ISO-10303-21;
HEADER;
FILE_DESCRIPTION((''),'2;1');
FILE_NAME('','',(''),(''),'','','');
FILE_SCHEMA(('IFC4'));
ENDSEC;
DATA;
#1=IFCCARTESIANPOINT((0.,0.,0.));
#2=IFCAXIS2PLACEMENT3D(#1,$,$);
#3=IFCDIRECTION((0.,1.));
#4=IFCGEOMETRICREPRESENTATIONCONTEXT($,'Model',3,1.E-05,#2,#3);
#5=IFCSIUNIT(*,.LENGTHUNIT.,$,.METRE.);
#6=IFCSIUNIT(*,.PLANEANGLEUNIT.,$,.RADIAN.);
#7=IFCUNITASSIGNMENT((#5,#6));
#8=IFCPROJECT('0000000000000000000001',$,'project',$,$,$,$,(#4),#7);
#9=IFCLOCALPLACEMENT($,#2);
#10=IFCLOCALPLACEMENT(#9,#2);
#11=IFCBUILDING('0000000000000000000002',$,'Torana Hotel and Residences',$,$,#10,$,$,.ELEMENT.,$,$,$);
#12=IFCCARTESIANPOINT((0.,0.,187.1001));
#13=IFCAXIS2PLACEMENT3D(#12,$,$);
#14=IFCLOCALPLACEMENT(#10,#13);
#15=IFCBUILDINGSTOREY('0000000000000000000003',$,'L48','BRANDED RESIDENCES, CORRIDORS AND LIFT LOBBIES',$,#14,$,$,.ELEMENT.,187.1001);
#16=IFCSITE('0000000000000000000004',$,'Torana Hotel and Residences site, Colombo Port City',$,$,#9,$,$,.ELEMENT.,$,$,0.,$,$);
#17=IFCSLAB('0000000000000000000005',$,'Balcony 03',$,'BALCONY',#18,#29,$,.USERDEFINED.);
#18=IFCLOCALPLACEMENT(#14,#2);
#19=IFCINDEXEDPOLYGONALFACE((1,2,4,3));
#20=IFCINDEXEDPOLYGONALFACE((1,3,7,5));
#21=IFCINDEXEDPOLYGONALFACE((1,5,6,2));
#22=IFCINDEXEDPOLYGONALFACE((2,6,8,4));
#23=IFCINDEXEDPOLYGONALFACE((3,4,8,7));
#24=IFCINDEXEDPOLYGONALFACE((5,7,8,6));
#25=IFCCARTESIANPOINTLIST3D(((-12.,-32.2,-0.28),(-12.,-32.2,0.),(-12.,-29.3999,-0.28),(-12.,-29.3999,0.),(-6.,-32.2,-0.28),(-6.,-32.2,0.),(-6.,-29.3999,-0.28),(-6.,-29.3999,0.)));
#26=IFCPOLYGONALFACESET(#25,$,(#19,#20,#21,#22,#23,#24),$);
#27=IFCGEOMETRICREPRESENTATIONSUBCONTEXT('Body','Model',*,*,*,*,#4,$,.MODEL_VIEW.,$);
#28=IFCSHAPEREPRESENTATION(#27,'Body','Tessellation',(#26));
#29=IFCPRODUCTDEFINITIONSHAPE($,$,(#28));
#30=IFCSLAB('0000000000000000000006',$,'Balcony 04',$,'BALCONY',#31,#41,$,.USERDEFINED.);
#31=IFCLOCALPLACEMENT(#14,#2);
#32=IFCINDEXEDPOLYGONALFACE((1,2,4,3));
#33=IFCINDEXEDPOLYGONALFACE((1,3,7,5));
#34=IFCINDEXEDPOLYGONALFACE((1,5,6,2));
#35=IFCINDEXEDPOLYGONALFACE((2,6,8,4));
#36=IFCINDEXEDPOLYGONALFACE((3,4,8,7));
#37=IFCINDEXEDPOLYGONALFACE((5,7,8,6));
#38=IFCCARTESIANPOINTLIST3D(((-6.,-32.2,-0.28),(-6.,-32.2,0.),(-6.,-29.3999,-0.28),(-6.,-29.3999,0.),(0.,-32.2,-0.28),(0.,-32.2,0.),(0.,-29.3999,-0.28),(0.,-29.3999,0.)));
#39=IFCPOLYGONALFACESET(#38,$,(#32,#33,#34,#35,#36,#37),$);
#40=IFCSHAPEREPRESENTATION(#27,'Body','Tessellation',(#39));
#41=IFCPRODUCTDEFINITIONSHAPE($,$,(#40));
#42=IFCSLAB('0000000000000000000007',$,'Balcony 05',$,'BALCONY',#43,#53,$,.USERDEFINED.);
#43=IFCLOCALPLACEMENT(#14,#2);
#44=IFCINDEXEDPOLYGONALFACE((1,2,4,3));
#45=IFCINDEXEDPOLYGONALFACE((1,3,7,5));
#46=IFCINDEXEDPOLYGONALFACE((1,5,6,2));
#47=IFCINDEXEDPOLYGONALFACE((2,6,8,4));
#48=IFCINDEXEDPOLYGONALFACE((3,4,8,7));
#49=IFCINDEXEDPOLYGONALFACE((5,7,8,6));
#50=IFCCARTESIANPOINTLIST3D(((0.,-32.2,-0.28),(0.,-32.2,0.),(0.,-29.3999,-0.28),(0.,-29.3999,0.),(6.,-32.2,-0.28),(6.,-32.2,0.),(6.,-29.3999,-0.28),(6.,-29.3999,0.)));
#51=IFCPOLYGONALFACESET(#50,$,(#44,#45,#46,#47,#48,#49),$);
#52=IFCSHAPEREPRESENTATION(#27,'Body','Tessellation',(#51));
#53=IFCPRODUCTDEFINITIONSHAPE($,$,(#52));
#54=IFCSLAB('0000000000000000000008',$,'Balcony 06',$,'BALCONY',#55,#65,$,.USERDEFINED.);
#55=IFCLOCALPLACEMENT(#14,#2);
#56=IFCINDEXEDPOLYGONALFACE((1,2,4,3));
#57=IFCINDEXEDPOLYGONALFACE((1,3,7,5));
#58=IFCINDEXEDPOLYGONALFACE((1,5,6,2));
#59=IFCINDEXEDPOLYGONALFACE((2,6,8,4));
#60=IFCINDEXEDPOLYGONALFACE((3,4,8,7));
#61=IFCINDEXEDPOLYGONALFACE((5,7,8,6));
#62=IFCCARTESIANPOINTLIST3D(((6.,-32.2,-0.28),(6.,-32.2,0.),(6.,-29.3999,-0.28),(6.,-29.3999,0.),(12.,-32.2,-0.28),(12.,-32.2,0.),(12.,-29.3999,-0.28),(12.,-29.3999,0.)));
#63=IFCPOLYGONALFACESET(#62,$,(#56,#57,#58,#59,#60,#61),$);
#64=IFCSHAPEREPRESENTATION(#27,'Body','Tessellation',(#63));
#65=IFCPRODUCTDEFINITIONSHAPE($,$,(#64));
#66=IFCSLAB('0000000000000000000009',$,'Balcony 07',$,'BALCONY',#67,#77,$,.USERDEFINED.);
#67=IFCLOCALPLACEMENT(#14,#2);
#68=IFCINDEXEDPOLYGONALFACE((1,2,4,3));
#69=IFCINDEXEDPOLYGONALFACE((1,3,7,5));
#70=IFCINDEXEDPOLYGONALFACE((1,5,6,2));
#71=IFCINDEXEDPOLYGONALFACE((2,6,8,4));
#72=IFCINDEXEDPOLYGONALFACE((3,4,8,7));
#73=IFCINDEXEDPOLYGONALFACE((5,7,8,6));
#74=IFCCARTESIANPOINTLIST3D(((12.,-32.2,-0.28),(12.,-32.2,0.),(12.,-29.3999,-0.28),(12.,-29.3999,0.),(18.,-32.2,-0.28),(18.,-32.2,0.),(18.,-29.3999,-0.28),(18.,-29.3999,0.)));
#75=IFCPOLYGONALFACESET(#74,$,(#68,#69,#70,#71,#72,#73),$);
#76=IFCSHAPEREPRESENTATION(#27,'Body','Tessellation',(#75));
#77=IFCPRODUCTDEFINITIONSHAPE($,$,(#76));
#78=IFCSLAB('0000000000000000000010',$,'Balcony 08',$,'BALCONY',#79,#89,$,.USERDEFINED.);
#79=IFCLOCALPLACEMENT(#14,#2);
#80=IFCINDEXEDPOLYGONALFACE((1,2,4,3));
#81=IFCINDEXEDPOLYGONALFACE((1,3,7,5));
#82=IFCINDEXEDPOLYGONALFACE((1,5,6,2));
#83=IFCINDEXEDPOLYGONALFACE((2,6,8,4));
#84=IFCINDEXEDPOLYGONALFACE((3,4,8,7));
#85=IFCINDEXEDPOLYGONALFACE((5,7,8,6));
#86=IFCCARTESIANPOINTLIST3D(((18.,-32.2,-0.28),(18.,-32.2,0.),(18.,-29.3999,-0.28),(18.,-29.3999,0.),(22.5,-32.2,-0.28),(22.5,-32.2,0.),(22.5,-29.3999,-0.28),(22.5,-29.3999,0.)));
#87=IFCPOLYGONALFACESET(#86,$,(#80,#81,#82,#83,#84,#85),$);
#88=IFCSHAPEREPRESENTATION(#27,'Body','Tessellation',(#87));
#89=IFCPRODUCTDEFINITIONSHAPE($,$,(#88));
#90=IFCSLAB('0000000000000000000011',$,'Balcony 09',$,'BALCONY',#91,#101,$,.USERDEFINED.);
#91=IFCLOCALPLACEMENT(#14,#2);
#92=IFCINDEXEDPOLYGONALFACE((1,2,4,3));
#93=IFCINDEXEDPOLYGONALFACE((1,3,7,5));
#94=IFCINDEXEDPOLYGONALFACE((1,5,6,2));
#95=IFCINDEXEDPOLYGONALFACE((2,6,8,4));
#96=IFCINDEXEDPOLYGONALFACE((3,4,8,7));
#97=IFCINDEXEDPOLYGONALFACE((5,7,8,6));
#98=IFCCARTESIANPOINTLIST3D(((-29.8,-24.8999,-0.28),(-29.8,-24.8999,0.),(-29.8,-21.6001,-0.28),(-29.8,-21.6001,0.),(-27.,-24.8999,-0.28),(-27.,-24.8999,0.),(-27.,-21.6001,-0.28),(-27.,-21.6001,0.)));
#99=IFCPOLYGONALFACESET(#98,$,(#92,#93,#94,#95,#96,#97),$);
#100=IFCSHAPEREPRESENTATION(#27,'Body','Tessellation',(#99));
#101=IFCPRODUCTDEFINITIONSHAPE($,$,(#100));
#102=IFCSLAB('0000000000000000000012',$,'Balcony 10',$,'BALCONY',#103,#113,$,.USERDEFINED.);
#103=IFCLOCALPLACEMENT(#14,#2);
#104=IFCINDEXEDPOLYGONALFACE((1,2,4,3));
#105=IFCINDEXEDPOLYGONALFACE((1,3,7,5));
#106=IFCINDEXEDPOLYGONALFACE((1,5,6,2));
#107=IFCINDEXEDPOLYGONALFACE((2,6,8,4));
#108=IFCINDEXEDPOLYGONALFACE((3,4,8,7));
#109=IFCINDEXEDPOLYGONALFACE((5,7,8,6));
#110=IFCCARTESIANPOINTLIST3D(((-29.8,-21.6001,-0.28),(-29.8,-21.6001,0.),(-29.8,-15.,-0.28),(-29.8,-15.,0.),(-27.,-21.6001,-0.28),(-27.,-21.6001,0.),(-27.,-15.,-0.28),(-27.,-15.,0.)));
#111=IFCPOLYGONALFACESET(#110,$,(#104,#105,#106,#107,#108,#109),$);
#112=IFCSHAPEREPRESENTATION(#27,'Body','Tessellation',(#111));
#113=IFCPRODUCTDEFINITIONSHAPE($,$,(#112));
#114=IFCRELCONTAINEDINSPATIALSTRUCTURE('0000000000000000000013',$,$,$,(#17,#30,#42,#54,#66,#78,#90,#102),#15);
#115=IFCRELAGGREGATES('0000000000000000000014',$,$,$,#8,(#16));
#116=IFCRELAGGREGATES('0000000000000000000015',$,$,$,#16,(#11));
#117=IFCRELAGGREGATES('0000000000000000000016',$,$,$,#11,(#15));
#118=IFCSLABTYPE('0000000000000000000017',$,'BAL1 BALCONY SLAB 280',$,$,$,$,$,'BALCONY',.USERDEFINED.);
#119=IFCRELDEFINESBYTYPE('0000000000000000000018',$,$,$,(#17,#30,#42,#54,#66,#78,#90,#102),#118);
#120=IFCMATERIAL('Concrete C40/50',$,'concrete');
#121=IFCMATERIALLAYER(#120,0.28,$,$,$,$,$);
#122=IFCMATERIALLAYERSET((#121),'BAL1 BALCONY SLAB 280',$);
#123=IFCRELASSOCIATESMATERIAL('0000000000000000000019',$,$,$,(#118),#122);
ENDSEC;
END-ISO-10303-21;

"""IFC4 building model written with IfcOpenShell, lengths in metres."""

from ifc_helpers import new_model, si_unit, direction, frame, origin, place, context, subcontext, project, spatial, polyline, outline, extrude, material, layer, layer_set, type_object, element, save


model = new_model("IFC4")

# Units and contexts
model_context = context("Model", 3, precision=1e-05, world=origin(), true_north=direction((0.0, 1.0)))
body_context = subcontext(model_context, "Body", "Model", "MODEL_VIEW")
ifc_project = project(units=[si_unit("LENGTHUNIT", "METRE"), si_unit("PLANEANGLEUNIT", "RADIAN")], contexts=[model_context])

# Site, building, storey
site_placement = place(None, origin())
site = spatial("IfcSite", under=ifc_project, at=site_placement, Name="Torana Hotel and Residences site, Colombo Port City", CompositionType="ELEMENT", RefElevation=0.0)
building_placement = place(site_placement, origin())
building = spatial("IfcBuilding", under=site, at=building_placement, Name="Torana Hotel and Residences", CompositionType="ELEMENT")
storey_placement = place(building_placement, frame((0.0, 0.0, 187.1001)))
storey = spatial("IfcBuildingStorey", under=building, at=storey_placement, Name="L48", Description="BRANDED RESIDENCES, CORRIDORS AND LIFT LOBBIES", CompositionType="ELEMENT", Elevation=187.1001)

# Slabs
ifc_material_1 = material(Name="Concrete C40/50", Category="concrete")
ifc_layer_1 = layer(ifc_material_1, 0.28)
ifc_layer_set_1 = layer_set([ifc_layer_1], Name="BAL1 BALCONY SLAB 280")
slab_type = type_object("IfcSlabType", Name="BAL1 BALCONY SLAB 280", ElementType="BALCONY", PredefinedType="USERDEFINED", material=ifc_layer_set_1)
slab_1_placement = place(storey_placement, frame((0.0, 0.0, -0.28)))
element("IfcSlab", 1, at=slab_1_placement, inside=storey, type_object=slab_type, Name="Balcony 03", ObjectType="BALCONY", PredefinedType="USERDEFINED", context=body_context, shape_type="SweptSolid", body=[
    extrude(outline(polyline([(-12.0, -32.2), (-6.0, -32.2), (-6.0, -29.3999), (-12.0, -29.3999), (-12.0, -32.2)])), origin(), (0.0, 0.0, 1.0), 0.28),
])
slab_2_placement = place(storey_placement, frame((0.0, 0.0, -0.28)))
element("IfcSlab", 2, at=slab_2_placement, inside=storey, type_object=slab_type, Name="Balcony 04", ObjectType="BALCONY", PredefinedType="USERDEFINED", context=body_context, shape_type="SweptSolid", body=[
    extrude(outline(polyline([(-6.0, -32.2), (0.0, -32.2), (0.0, -29.3999), (-6.0, -29.3999), (-6.0, -32.2)])), origin(), (0.0, 0.0, 1.0), 0.28),
])
slab_3_placement = place(storey_placement, frame((0.0, 0.0, -0.28)))
element("IfcSlab", 3, at=slab_3_placement, inside=storey, type_object=slab_type, Name="Balcony 05", ObjectType="BALCONY", PredefinedType="USERDEFINED", context=body_context, shape_type="SweptSolid", body=[
    extrude(outline(polyline([(0.0, -32.2), (6.0, -32.2), (6.0, -29.3999), (0.0, -29.3999), (0.0, -32.2)])), origin(), (0.0, 0.0, 1.0), 0.28),
])
slab_4_placement = place(storey_placement, frame((0.0, 0.0, -0.28)))
element("IfcSlab", 4, at=slab_4_placement, inside=storey, type_object=slab_type, Name="Balcony 06", ObjectType="BALCONY", PredefinedType="USERDEFINED", context=body_context, shape_type="SweptSolid", body=[
    extrude(outline(polyline([(6.0, -32.2), (12.0, -32.2), (12.0, -29.3999), (6.0, -29.3999), (6.0, -32.2)])), origin(), (0.0, 0.0, 1.0), 0.28),
])
slab_5_placement = place(storey_placement, frame((0.0, 0.0, -0.28)))
element("IfcSlab", 5, at=slab_5_placement, inside=storey, type_object=slab_type, Name="Balcony 07", ObjectType="BALCONY", PredefinedType="USERDEFINED", context=body_context, shape_type="SweptSolid", body=[
    extrude(outline(polyline([(12.0, -32.2), (18.0, -32.2), (18.0, -29.3999), (12.0, -29.3999), (12.0, -32.2)])), origin(), (0.0, 0.0, 1.0), 0.28),
])
slab_6_placement = place(storey_placement, frame((0.0, 0.0, -0.28)))
element("IfcSlab", 6, at=slab_6_placement, inside=storey, type_object=slab_type, Name="Balcony 08", ObjectType="BALCONY", PredefinedType="USERDEFINED", context=body_context, shape_type="SweptSolid", body=[
    extrude(outline(polyline([(18.0, -32.2), (22.5, -32.2), (22.5, -29.3999), (18.0, -29.3999), (18.0, -32.2)])), origin(), (0.0, 0.0, 1.0), 0.28),
])
slab_7_placement = place(storey_placement, frame((0.0, 0.0, -0.28)))
element("IfcSlab", 7, at=slab_7_placement, inside=storey, type_object=slab_type, Name="Balcony 09", ObjectType="BALCONY", PredefinedType="USERDEFINED", context=body_context, shape_type="SweptSolid", body=[
    extrude(outline(polyline([(-29.8, -24.8999), (-27.0, -24.8999), (-27.0, -21.6001), (-29.8, -21.6001), (-29.8, -24.8999)])), origin(), (0.0, 0.0, 1.0), 0.28),
])
slab_8_placement = place(storey_placement, frame((0.0, 0.0, -0.28)))
element("IfcSlab", 8, at=slab_8_placement, inside=storey, type_object=slab_type, Name="Balcony 10", ObjectType="BALCONY", PredefinedType="USERDEFINED", context=body_context, shape_type="SweptSolid", body=[
    extrude(outline(polyline([(-29.8, -21.6001), (-27.0, -21.6001), (-27.0, -15.0), (-29.8, -15.0), (-29.8, -21.6001)])), origin(), (0.0, 0.0, 1.0), 0.28),
])

save(model, "model.ifc")
